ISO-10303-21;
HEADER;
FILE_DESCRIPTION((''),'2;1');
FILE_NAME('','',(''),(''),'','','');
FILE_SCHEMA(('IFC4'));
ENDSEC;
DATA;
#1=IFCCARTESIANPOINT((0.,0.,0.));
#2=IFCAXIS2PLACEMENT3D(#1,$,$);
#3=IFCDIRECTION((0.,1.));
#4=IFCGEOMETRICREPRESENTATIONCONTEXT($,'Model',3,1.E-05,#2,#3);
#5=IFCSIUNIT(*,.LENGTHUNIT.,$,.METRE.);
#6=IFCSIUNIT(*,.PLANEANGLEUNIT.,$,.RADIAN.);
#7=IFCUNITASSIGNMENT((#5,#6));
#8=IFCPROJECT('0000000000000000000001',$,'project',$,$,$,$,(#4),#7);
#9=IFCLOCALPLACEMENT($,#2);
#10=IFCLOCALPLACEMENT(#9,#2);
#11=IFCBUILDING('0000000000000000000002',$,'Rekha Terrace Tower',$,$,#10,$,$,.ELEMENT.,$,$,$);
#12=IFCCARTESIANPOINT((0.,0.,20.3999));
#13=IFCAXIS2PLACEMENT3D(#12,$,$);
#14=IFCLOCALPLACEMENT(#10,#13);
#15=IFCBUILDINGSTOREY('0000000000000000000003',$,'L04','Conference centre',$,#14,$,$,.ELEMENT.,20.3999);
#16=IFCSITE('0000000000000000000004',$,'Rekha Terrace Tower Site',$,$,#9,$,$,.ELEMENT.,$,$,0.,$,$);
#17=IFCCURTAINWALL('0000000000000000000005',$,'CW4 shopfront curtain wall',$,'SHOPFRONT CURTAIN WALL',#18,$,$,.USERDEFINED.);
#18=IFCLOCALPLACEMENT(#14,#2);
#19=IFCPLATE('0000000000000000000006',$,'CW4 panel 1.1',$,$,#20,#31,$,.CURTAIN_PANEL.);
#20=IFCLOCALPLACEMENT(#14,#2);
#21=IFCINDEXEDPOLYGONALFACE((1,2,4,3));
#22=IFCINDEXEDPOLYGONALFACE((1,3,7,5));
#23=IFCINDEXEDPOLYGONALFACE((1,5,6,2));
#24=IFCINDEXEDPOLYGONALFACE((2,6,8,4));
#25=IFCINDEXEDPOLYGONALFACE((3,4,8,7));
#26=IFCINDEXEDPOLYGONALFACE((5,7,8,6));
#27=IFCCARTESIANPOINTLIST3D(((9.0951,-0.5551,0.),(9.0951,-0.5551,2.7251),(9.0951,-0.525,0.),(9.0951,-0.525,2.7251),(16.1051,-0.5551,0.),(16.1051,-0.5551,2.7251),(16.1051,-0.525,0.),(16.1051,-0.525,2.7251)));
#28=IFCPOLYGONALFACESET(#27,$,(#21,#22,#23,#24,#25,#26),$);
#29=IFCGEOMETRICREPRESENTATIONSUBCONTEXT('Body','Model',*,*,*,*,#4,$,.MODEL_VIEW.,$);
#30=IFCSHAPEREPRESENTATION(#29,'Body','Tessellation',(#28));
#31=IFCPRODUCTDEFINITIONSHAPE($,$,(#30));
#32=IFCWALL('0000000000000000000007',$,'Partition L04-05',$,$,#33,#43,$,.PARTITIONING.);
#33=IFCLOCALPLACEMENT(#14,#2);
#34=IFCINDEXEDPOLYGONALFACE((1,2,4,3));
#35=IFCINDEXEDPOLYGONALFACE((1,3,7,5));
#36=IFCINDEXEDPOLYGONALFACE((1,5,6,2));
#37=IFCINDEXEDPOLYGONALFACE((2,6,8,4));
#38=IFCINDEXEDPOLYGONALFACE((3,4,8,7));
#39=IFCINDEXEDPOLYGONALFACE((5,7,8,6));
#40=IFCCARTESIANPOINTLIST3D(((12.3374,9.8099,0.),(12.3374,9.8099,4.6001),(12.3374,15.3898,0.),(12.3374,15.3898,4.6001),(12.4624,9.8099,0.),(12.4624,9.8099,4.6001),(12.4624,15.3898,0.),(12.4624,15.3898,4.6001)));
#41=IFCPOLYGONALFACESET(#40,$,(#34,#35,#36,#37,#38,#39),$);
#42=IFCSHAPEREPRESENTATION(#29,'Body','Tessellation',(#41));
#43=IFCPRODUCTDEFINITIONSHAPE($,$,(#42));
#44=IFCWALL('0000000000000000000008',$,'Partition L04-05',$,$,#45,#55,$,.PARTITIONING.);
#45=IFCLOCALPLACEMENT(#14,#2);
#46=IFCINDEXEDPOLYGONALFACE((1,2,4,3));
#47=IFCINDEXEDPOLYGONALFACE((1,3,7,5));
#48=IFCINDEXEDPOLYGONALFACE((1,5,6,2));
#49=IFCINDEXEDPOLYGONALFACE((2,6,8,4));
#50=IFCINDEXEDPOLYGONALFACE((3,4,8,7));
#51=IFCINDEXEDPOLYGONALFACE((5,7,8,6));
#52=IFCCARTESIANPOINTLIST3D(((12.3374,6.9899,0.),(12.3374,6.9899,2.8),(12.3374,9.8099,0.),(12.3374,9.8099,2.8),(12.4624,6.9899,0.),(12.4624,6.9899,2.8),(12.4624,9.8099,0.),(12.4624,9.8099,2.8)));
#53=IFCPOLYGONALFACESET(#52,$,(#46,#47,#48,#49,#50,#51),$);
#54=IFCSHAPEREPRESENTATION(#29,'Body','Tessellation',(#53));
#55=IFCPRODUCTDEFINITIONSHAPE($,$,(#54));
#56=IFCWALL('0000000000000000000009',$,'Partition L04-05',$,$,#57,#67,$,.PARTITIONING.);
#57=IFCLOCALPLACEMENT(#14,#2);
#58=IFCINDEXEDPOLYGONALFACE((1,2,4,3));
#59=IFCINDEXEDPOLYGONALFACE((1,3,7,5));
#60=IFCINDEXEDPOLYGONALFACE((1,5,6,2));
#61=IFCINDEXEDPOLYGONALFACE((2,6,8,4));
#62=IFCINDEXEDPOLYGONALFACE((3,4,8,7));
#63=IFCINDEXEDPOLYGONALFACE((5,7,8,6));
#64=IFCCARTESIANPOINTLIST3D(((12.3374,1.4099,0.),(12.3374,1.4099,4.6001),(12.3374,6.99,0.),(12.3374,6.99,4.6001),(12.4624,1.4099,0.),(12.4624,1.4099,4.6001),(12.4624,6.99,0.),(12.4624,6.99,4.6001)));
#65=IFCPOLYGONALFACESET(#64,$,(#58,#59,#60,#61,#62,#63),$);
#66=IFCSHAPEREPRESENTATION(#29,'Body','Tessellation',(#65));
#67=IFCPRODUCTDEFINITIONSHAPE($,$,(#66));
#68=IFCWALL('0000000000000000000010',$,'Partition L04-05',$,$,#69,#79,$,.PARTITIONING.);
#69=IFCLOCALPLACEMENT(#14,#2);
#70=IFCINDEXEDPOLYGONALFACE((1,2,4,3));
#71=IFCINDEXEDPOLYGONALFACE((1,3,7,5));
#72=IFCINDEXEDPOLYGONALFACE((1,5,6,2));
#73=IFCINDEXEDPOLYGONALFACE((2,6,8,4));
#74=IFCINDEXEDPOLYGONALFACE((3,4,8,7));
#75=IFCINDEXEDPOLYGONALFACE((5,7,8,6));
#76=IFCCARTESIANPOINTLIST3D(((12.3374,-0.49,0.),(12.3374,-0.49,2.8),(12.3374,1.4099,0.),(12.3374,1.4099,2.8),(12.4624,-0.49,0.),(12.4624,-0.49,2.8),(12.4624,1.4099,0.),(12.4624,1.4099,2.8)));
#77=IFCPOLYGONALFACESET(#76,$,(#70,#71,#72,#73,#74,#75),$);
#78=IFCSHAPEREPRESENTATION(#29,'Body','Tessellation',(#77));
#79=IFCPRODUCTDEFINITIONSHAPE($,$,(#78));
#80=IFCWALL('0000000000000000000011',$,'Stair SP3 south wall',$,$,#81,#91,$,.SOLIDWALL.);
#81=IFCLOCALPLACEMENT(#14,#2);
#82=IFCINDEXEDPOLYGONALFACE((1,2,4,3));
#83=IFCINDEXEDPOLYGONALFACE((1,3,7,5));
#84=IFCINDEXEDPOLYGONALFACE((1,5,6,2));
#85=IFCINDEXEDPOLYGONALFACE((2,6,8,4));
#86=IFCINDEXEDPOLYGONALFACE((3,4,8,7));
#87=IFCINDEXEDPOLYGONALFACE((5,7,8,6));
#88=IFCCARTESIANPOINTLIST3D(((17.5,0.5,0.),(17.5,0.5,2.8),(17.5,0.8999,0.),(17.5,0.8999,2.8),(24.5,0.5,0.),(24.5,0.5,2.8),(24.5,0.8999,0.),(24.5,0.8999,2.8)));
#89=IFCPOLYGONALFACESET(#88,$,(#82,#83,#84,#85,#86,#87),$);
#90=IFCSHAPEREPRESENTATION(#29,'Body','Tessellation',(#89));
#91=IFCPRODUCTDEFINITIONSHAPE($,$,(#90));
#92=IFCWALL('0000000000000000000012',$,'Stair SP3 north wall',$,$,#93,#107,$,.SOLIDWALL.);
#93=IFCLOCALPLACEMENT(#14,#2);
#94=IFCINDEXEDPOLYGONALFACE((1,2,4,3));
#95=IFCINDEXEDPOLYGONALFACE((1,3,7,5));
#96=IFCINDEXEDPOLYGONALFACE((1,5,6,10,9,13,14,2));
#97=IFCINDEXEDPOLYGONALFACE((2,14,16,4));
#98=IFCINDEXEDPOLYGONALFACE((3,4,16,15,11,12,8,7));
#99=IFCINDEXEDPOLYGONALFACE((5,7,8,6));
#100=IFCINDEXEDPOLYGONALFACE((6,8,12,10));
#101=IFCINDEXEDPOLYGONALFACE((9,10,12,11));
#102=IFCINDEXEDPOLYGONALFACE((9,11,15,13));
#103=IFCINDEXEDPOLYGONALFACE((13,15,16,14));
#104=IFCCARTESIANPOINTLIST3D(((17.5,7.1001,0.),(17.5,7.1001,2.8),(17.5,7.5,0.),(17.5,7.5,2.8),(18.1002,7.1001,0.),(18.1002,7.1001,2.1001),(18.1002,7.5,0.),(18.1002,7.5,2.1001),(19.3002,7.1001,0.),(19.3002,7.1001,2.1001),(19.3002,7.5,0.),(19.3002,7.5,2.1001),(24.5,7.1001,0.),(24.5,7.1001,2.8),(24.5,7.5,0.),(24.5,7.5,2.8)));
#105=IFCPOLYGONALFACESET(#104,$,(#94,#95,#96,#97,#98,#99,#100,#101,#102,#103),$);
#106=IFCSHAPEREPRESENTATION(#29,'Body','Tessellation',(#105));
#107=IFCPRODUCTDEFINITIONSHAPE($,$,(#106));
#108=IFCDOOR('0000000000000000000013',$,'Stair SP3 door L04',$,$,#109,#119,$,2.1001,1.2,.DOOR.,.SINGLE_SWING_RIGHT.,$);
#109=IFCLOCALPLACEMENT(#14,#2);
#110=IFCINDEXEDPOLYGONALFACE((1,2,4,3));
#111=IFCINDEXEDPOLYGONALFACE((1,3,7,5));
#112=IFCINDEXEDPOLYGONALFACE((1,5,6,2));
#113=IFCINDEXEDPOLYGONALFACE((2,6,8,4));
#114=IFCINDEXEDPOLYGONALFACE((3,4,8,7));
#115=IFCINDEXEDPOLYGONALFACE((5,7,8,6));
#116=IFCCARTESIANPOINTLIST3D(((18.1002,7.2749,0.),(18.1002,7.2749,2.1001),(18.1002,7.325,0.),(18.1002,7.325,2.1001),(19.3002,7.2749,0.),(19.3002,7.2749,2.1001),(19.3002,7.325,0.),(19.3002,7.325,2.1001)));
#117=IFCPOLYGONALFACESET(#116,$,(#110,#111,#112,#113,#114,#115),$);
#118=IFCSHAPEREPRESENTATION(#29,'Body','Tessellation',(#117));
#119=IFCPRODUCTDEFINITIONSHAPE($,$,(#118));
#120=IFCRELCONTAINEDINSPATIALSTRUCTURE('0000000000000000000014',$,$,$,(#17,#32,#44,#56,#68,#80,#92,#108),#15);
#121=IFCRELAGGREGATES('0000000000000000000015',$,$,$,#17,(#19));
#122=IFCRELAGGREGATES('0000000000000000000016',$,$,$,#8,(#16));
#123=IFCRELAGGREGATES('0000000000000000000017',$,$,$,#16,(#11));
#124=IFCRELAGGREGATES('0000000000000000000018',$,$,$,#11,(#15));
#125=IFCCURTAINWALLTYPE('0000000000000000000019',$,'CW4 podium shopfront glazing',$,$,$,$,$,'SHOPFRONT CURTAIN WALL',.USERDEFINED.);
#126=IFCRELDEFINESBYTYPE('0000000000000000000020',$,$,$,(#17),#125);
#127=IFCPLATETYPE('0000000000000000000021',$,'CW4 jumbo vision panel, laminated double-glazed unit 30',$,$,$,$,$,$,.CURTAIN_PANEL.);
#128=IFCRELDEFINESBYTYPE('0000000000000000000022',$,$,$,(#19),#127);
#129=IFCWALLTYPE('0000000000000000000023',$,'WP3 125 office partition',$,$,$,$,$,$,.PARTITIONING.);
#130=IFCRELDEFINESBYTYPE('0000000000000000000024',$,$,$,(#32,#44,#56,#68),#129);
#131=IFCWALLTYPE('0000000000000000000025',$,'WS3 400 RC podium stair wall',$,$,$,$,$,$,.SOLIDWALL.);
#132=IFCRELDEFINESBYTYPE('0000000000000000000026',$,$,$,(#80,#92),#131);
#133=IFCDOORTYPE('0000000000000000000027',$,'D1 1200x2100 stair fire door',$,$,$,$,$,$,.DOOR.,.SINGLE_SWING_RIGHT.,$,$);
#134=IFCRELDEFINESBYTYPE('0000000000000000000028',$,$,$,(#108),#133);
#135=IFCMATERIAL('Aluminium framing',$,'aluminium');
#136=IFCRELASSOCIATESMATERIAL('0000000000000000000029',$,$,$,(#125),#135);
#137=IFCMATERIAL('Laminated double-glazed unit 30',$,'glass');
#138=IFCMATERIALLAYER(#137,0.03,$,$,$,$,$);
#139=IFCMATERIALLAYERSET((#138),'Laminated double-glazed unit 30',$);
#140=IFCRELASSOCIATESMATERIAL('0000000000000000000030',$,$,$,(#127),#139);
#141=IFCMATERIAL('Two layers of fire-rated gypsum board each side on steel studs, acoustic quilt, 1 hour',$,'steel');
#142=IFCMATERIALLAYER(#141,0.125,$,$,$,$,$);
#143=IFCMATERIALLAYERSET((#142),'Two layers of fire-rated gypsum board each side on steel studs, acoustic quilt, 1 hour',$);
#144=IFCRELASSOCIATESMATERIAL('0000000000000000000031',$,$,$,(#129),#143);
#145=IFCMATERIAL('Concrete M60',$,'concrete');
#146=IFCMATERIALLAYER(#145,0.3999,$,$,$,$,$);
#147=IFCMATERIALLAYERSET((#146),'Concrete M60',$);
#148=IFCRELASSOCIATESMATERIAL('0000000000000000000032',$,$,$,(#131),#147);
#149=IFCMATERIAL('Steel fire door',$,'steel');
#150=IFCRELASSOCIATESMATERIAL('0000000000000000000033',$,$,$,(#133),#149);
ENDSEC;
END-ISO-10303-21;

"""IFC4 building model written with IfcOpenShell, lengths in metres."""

from ifc_helpers import new_model, si_unit, direction, frame, frame_2d, origin, origin_2d, place, context, subcontext, project, spatial, rectangle, extrude, material, layer, layer_set, type_object, element, fill, aggregate, save


model = new_model("IFC4")

# Units and contexts
model_context = context("Model", 3, precision=1e-05, world=origin(), true_north=direction((0.0, 1.0)))
body_context = subcontext(model_context, "Body", "Model", "MODEL_VIEW")
ifc_project = project(units=[si_unit("LENGTHUNIT", "METRE"), si_unit("PLANEANGLEUNIT", "RADIAN")], contexts=[model_context])

# Site, building, storey
site_placement = place(None, origin())
site = spatial("IfcSite", under=ifc_project, at=site_placement, Name="Rekha Terrace Tower Site", CompositionType="ELEMENT", RefElevation=0.0)
building_placement = place(site_placement, origin())
building = spatial("IfcBuilding", under=site, at=building_placement, Name="Rekha Terrace Tower", CompositionType="ELEMENT")
storey_placement = place(building_placement, frame((0.0, 0.0, 20.3999)))
storey = spatial("IfcBuildingStorey", under=building, at=storey_placement, Name="L04", Description="Conference centre", CompositionType="ELEMENT", Elevation=20.3999)

# Shared definitions
ifc_material_1 = material(Name="Concrete M60", Category="concrete")

# Curtain wall
ifc_material_2 = material(Name="Aluminium framing", Category="aluminium")
curtain_wall_type = type_object("IfcCurtainWallType", Name="CW4 podium shopfront glazing", ElementType="SHOPFRONT CURTAIN WALL", PredefinedType="USERDEFINED", material=ifc_material_2)
curtain_wall_1_placement = place(storey_placement, origin())
curtain_wall_1 = element("IfcCurtainWall", 1, at=curtain_wall_1_placement, inside=storey, type_object=curtain_wall_type, Name="CW4 shopfront curtain wall", ObjectType="SHOPFRONT CURTAIN WALL", PredefinedType="USERDEFINED")

# Plate
ifc_material_3 = material(Name="Laminated double-glazed unit 30", Category="glass")
ifc_layer_1 = layer(ifc_material_3, 0.03)
ifc_layer_set_1 = layer_set([ifc_layer_1], Name="Laminated double-glazed unit 30")
plate_type = type_object("IfcPlateType", Name="CW4 jumbo vision panel, laminated double-glazed unit 30", PredefinedType="CURTAIN_PANEL", material=ifc_layer_set_1)
plate_placement = place(storey_placement, frame((12.6001, -0.54, 0.0), z_axis=(0.0, 0.0, 1.0), x_axis=(1.0, 0.0, 0.0)))
plate = element("IfcPlate", 2, at=plate_placement, type_object=plate_type, Name="CW4 panel 1.1", PredefinedType="CURTAIN_PANEL", context=body_context, shape_type="SweptSolid", body=[
    extrude(rectangle(XDim=7.01, YDim=0.03, at=origin_2d()), origin(), (0.0, 0.0, 1.0), 2.7251),
])
aggregate(curtain_wall_1, [plate])

# Walls
ifc_material_4 = material(Name="Two layers of fire-rated gypsum board each side on steel studs, acoustic quilt, 1 hour", Category="steel")
ifc_layer_2 = layer(ifc_material_4, 0.125)
ifc_layer_set_2 = layer_set([ifc_layer_2], Name="Two layers of fire-rated gypsum board each side on steel studs, acoustic quilt, 1 hour")
wall_type_1 = type_object("IfcWallType", Name="WP3 125 office partition", PredefinedType="PARTITIONING", material=ifc_layer_set_2)
wall_1_placement = place(storey_placement, frame((12.3999, 15.3899, 0.0), z_axis=(0.0, 0.0, 1.0), x_axis=(0.0, -1.0, 0.0)))
element("IfcWall", 3, at=wall_1_placement, inside=storey, type_object=wall_type_1, Name="Partition L04-05", PredefinedType="PARTITIONING", context=body_context, shape_type="SweptSolid", body=[
    extrude(rectangle(XDim=5.5798, YDim=0.125, at=frame_2d((2.79, 0.0))), origin(), (0.0, 0.0, 1.0), 4.6001),
])
wall_2_placement = place(storey_placement, frame((12.3999, 9.8101, 0.0), z_axis=(0.0, 0.0, 1.0), x_axis=(0.0, -1.0, 0.0)))
element("IfcWall", 4, at=wall_2_placement, inside=storey, type_object=wall_type_1, Name="Partition L04-05", PredefinedType="PARTITIONING", context=body_context, shape_type="SweptSolid", body=[
    extrude(rectangle(XDim=2.8201, YDim=0.125, at=frame_2d((1.4102, 0.0))), origin(), (0.0, 0.0, 1.0), 2.8),
])
wall_3_placement = place(storey_placement, frame((12.3999, 6.99, 0.0), z_axis=(0.0, 0.0, 1.0), x_axis=(0.0, -1.0, 0.0)))
element("IfcWall", 5, at=wall_3_placement, inside=storey, type_object=wall_type_1, Name="Partition L04-05", PredefinedType="PARTITIONING", context=body_context, shape_type="SweptSolid", body=[
    extrude(rectangle(XDim=5.5801, YDim=0.125, at=frame_2d((2.79, 0.0))), origin(), (0.0, 0.0, 1.0), 4.6001),
])
wall_4_placement = place(storey_placement, frame((12.3999, 1.4099, 0.0), z_axis=(0.0, 0.0, 1.0), x_axis=(0.0, -1.0, 0.0)))
element("IfcWall", 6, at=wall_4_placement, inside=storey, type_object=wall_type_1, Name="Partition L04-05", PredefinedType="PARTITIONING", context=body_context, shape_type="SweptSolid", body=[
    extrude(rectangle(XDim=1.8999, YDim=0.125, at=frame_2d((0.95, 0.0))), origin(), (0.0, 0.0, 1.0), 2.8),
])
ifc_layer_3 = layer(ifc_material_1, 0.3999)
ifc_layer_set_3 = layer_set([ifc_layer_3], Name="Concrete M60")
wall_type_2 = type_object("IfcWallType", Name="WS3 400 RC podium stair wall", PredefinedType="SOLIDWALL", material=ifc_layer_set_3)
wall_5_placement = place(storey_placement, frame((17.5, 0.7, 0.0), z_axis=(0.0, 0.0, 1.0), x_axis=(1.0, 0.0, 0.0)))
element("IfcWall", 7, at=wall_5_placement, inside=storey, type_object=wall_type_2, Name="Stair SP3 south wall", PredefinedType="SOLIDWALL", context=body_context, shape_type="SweptSolid", body=[
    extrude(rectangle(XDim=7.0, YDim=0.3999, at=frame_2d((3.5, 0.0))), origin(), (0.0, 0.0, 1.0), 2.8),
])

# Wall, opening, door
wall_6_placement = place(storey_placement, frame((17.5, 7.3, 0.0), z_axis=(0.0, 0.0, 1.0), x_axis=(1.0, 0.0, 0.0)))
wall_6 = element("IfcWall", 8, at=wall_6_placement, inside=storey, type_object=wall_type_2, Name="Stair SP3 north wall", PredefinedType="SOLIDWALL", context=body_context, shape_type="SweptSolid", body=[
    extrude(rectangle(XDim=7.0, YDim=0.3999, at=frame_2d((3.5, 0.0))), origin(), (0.0, 0.0, 1.0), 2.8),
])
opening_placement = place(wall_6_placement, frame((0.6001, 0.0, 0.0)))
opening = element("IfcOpeningElement", 9, at=opening_placement, cuts=wall_6, PredefinedType="OPENING", context=body_context, shape_type="SweptSolid", body=[
    extrude(rectangle(XDim=1.2, YDim=2.1001, at=frame_2d((0.6001, 1.05))), frame((0.0, 0.21, 0.0), z_axis=(0.0, -1.0, 0.0), x_axis=(1.0, 0.0, 0.0)), (0.0, 0.0, 1.0), 0.4199),
])
ifc_material_5 = material(Name="Steel fire door", Category="steel")
door_type = type_object("IfcDoorType", Name="D1 1200x2100 stair fire door", OperationType="SINGLE_SWING_RIGHT", PredefinedType="DOOR", material=ifc_material_5)
door_placement = place(opening_placement, origin())
door = element("IfcDoor", 10, at=door_placement, inside=storey, type_object=door_type, Name="Stair SP3 door L04", OperationType="SINGLE_SWING_RIGHT", OverallHeight=2.1001, OverallWidth=1.2, PredefinedType="DOOR", context=body_context, shape_type="SweptSolid", body=[
    extrude(rectangle(XDim=1.2, YDim=2.1001, at=frame_2d((0.6001, 1.05))), frame((0.0, 0.0249, 0.0), z_axis=(0.0, -1.0, 0.0), x_axis=(1.0, 0.0, 0.0)), (0.0, 0.0, 1.0), 0.05),
])
fill(opening, door)

save(model, "model.ifc")
